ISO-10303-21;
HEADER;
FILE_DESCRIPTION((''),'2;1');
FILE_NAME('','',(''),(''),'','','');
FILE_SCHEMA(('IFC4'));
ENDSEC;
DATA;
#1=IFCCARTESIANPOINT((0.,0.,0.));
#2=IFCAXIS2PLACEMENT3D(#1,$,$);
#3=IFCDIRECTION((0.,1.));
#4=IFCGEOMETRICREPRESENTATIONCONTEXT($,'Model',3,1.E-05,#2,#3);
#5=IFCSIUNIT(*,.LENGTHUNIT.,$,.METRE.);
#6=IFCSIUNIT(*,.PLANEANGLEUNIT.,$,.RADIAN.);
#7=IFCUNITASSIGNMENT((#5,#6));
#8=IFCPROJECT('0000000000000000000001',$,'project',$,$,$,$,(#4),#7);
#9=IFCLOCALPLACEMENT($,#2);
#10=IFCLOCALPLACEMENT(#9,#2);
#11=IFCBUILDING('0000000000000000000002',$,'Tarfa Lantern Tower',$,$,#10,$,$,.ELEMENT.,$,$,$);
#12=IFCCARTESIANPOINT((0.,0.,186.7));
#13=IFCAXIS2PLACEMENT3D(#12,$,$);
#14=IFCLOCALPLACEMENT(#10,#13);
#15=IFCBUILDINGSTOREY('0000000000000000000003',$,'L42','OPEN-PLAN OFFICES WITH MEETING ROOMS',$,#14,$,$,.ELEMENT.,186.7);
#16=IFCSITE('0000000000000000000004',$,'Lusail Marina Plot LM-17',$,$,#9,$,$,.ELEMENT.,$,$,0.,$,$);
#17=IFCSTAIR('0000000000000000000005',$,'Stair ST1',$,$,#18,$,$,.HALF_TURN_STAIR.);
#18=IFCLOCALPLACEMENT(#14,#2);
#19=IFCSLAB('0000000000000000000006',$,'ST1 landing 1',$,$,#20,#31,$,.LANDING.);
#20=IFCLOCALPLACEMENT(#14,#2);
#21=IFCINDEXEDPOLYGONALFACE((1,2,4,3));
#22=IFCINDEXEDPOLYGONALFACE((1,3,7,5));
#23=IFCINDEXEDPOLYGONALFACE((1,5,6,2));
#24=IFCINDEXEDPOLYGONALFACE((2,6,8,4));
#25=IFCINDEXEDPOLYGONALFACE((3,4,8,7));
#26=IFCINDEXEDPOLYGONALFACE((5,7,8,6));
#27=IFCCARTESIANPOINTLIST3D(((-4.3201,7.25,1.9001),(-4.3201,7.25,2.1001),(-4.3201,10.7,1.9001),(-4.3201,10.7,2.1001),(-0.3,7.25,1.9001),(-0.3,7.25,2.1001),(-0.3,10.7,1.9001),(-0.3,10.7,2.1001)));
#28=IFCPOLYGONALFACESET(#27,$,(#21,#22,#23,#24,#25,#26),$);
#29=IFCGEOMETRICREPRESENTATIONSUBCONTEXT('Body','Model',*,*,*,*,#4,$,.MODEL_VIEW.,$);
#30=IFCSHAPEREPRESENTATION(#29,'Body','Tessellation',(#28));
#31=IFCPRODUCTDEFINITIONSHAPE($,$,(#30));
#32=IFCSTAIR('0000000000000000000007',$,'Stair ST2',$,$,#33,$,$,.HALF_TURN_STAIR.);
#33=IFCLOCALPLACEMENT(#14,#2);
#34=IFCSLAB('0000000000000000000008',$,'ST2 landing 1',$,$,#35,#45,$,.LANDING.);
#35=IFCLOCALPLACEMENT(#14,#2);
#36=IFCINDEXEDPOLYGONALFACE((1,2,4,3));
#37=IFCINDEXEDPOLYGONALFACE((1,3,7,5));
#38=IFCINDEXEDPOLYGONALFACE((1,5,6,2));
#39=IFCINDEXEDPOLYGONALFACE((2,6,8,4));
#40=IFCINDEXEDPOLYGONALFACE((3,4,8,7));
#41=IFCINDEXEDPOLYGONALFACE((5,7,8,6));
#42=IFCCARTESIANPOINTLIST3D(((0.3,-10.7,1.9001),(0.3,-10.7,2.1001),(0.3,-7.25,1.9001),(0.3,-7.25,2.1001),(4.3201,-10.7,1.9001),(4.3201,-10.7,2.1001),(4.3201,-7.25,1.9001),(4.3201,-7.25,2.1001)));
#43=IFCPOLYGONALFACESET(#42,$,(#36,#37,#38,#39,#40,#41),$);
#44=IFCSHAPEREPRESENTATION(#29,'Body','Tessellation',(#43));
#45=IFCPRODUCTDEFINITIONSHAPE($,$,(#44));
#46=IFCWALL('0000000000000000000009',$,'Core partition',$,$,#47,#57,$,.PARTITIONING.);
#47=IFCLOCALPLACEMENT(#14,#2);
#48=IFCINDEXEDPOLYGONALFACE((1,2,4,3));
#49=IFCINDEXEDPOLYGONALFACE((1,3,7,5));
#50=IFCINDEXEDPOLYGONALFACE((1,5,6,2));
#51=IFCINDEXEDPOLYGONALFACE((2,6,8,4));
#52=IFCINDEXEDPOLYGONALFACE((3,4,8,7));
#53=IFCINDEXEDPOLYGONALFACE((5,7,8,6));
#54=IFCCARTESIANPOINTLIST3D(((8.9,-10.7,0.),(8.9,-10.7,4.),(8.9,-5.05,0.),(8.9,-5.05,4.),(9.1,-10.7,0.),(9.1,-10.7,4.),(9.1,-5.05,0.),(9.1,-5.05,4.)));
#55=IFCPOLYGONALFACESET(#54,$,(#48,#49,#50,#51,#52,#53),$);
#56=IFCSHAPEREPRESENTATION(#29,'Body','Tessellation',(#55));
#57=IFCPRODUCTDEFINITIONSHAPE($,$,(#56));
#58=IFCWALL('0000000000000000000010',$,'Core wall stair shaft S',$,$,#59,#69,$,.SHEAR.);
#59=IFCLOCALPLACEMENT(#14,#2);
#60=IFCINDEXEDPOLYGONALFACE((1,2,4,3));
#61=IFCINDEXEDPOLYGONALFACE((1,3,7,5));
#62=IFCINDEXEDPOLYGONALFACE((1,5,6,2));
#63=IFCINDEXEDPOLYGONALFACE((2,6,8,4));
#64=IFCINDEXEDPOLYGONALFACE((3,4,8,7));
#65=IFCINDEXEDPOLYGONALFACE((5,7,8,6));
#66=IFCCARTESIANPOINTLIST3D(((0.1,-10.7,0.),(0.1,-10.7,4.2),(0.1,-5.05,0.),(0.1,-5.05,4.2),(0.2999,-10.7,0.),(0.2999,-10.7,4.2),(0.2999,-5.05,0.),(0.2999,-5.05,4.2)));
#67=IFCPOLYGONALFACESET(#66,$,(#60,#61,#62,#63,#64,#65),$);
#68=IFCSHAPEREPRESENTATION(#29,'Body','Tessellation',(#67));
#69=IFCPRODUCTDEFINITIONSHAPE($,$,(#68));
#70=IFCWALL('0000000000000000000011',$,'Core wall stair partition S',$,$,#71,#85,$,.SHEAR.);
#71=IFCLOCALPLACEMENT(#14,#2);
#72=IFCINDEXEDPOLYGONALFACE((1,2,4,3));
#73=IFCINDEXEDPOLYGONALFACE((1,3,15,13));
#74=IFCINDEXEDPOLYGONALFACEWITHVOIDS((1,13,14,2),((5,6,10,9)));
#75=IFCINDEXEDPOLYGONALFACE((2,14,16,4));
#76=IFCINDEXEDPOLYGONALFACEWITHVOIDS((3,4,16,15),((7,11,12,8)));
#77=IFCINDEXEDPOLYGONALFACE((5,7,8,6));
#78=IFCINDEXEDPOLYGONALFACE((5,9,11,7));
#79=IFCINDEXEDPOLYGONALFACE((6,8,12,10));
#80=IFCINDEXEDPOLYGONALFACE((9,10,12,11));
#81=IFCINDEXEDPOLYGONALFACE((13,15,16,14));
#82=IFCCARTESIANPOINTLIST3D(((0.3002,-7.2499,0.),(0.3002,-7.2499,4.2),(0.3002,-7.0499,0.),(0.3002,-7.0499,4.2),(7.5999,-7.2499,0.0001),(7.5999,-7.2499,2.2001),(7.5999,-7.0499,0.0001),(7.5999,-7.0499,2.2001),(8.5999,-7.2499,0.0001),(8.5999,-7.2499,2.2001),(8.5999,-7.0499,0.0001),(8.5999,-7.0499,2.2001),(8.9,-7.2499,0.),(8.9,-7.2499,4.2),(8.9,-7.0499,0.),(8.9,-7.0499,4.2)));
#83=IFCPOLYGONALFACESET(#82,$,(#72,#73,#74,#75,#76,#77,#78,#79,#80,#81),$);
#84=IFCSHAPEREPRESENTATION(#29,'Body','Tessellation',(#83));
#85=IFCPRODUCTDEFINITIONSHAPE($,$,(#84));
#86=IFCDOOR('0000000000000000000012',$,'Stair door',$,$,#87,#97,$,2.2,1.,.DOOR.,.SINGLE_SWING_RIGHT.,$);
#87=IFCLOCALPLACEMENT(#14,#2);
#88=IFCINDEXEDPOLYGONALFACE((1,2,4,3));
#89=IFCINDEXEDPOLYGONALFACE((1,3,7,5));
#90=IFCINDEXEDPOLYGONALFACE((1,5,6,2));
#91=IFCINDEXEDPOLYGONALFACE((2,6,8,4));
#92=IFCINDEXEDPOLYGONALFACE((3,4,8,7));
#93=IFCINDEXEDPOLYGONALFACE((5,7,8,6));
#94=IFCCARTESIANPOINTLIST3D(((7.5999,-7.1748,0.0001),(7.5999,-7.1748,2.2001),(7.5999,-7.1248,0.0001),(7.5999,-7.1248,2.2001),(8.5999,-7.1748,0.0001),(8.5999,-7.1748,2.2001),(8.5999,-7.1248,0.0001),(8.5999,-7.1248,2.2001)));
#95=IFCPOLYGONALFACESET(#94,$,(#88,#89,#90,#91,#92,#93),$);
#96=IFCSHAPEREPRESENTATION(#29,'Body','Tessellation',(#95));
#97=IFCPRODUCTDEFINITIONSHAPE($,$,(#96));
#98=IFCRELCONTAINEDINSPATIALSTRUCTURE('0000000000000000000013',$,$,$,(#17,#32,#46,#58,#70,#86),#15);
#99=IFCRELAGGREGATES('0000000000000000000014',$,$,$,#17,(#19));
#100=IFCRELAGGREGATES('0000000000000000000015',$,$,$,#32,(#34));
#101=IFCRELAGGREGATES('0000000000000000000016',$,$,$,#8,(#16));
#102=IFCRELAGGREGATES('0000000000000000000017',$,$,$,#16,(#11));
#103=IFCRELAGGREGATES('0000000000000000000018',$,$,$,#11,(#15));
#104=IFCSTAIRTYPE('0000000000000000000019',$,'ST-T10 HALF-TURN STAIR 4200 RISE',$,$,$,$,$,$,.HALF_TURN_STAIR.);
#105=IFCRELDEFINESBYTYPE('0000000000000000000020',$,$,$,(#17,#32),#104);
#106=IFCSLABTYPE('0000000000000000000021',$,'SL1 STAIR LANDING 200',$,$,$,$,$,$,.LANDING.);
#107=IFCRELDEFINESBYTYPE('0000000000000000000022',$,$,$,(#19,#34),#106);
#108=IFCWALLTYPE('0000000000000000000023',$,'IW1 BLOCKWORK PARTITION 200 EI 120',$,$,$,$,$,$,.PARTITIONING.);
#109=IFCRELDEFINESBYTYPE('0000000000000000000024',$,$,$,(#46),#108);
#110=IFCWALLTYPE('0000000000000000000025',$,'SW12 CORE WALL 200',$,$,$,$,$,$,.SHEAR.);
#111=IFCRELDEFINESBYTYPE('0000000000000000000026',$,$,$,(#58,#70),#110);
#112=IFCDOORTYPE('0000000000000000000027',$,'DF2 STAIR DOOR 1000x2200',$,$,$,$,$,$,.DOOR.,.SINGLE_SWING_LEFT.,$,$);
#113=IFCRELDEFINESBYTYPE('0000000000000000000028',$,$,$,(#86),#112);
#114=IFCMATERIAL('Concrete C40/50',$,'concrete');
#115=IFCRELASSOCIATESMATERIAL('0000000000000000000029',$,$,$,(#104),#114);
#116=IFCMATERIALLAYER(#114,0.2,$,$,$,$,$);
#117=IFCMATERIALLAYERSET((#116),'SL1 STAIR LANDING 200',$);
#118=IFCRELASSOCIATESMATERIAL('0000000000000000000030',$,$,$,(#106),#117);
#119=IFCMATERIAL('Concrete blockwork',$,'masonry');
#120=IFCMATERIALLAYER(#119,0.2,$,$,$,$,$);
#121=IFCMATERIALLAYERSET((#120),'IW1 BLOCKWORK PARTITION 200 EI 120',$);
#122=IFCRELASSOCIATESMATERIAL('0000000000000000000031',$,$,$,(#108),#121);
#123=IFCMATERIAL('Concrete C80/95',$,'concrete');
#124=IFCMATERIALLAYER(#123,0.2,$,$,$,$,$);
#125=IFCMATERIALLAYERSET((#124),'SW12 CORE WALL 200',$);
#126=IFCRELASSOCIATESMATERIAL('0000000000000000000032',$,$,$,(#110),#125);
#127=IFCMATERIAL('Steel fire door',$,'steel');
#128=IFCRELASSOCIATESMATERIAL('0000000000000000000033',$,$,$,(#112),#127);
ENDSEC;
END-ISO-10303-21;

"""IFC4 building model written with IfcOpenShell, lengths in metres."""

from ifc_helpers import new_model, si_unit, direction, frame, frame_2d, origin, place, context, subcontext, project, spatial, polyline, rectangle, outline, extrude, material, layer, layer_set, type_object, element, fill, aggregate, save


model = new_model("IFC4")

# Units and contexts
model_context = context("Model", 3, precision=1e-05, world=origin(), true_north=direction((0.0, 1.0)))
body_context = subcontext(model_context, "Body", "Model", "MODEL_VIEW")
ifc_project = project(units=[si_unit("LENGTHUNIT", "METRE"), si_unit("PLANEANGLEUNIT", "RADIAN")], contexts=[model_context])

# Site, building, storey
site_placement = place(None, origin())
site = spatial("IfcSite", under=ifc_project, at=site_placement, Name="Lusail Marina Plot LM-17", CompositionType="ELEMENT", RefElevation=0.0)
building_placement = place(site_placement, origin())
building = spatial("IfcBuilding", under=site, at=building_placement, Name="Tarfa Lantern Tower", CompositionType="ELEMENT")
storey_placement = place(building_placement, frame((0.0, 0.0, 186.7)))
storey = spatial("IfcBuildingStorey", under=building, at=storey_placement, Name="L42", Description="OPEN-PLAN OFFICES WITH MEETING ROOMS", CompositionType="ELEMENT", Elevation=186.7)

# Stairs, slabs
ifc_material_1 = material(Name="Concrete C40/50", Category="concrete")
stair_type = type_object("IfcStairType", Name="ST-T10 HALF-TURN STAIR 4200 RISE", PredefinedType="HALF_TURN_STAIR", material=ifc_material_1)
stair_1_placement = place(storey_placement, origin())
stair_1 = element("IfcStair", 1, at=stair_1_placement, inside=storey, type_object=stair_type, Name="Stair ST1", PredefinedType="HALF_TURN_STAIR")
ifc_layer_1 = layer(ifc_material_1, 0.2)
ifc_layer_set_1 = layer_set([ifc_layer_1], Name="SL1 STAIR LANDING 200")
slab_type = type_object("IfcSlabType", Name="SL1 STAIR LANDING 200", PredefinedType="LANDING", material=ifc_layer_set_1)
slab_1_placement = place(storey_placement, frame((0.0, 0.0, 1.9001)))
slab_1 = element("IfcSlab", 2, at=slab_1_placement, type_object=slab_type, Name="ST1 landing 1", PredefinedType="LANDING", context=body_context, shape_type="SweptSolid", body=[
    extrude(outline(polyline([(-4.3201, 7.25), (-0.3, 7.25), (-0.3, 10.7), (-4.3201, 10.7), (-4.3201, 7.25)])), origin(), (0.0, 0.0, 1.0), 0.2),
])
aggregate(stair_1, [slab_1])
stair_2_placement = place(storey_placement, origin())
stair_2 = element("IfcStair", 3, at=stair_2_placement, inside=storey, type_object=stair_type, Name="Stair ST2", PredefinedType="HALF_TURN_STAIR")
slab_2_placement = place(storey_placement, frame((0.0, 0.0, 1.9001)))
slab_2 = element("IfcSlab", 4, at=slab_2_placement, type_object=slab_type, Name="ST2 landing 1", PredefinedType="LANDING", context=body_context, shape_type="SweptSolid", body=[
    extrude(outline(polyline([(4.3201, -7.25), (0.3, -7.25), (0.3, -10.7), (4.3201, -10.7), (4.3201, -7.25)])), origin(), (0.0, 0.0, 1.0), 0.2),
])
aggregate(stair_2, [slab_2])

# Walls
ifc_material_2 = material(Name="Concrete blockwork", Category="masonry")
ifc_layer_2 = layer(ifc_material_2, 0.2)
ifc_layer_set_2 = layer_set([ifc_layer_2], Name="IW1 BLOCKWORK PARTITION 200 EI 120")
wall_type_1 = type_object("IfcWallType", Name="IW1 BLOCKWORK PARTITION 200 EI 120", PredefinedType="PARTITIONING", material=ifc_layer_set_2)
wall_1_placement = place(storey_placement, frame((9.0, -5.05, 0.0), z_axis=(0.0, 0.0, 1.0), x_axis=(0.0, -1.0, 0.0)))
element("IfcWall", 5, at=wall_1_placement, inside=storey, type_object=wall_type_1, Name="Core partition", PredefinedType="PARTITIONING", context=body_context, shape_type="SweptSolid", body=[
    extrude(rectangle(XDim=5.6499, YDim=0.2, at=frame_2d((2.825, 0.0))), origin(), (0.0, 0.0, 1.0), 4.0),
])
ifc_material_3 = material(Name="Concrete C80/95", Category="concrete")
ifc_layer_3 = layer(ifc_material_3, 0.2)
ifc_layer_set_3 = layer_set([ifc_layer_3], Name="SW12 CORE WALL 200")
wall_type_2 = type_object("IfcWallType", Name="SW12 CORE WALL 200", PredefinedType="SHEAR", material=ifc_layer_set_3)
wall_2_placement = place(storey_placement, frame((0.2, -5.05, 0.0), z_axis=(0.0, 0.0, 1.0), x_axis=(0.0, -1.0, 0.0)))
element("IfcWall", 6, at=wall_2_placement, inside=storey, type_object=wall_type_2, Name="Core wall stair shaft S", PredefinedType="SHEAR", context=body_context, shape_type="SweptSolid", body=[
    extrude(rectangle(XDim=5.6499, YDim=0.2, at=frame_2d((2.825, 0.0))), origin(), (0.0, 0.0, 1.0), 4.2),
])

# Wall, opening, door
wall_3_placement = place(storey_placement, frame((8.8999, -7.1499, 0.0), z_axis=(0.0, 0.0, 1.0), x_axis=(-1.0, 0.0, 0.0)))
wall_3 = element("IfcWall", 7, at=wall_3_placement, inside=storey, type_object=wall_type_2, Name="Core wall stair partition S", PredefinedType="SHEAR", context=body_context, shape_type="SweptSolid", body=[
    extrude(rectangle(XDim=8.5999, YDim=0.2, at=frame_2d((4.2998, 0.0))), origin(), (0.0, 0.0, 1.0), 4.2),
])
opening_1_placement = place(wall_3_placement, frame((0.3, 0.0, 0.0)))
opening_1 = element("IfcOpeningElement", 8, at=opening_1_placement, cuts=wall_3, PredefinedType="OPENING", context=body_context, shape_type="SweptSolid", body=[
    extrude(rectangle(XDim=1.0, YDim=2.2, at=frame_2d((0.5, 1.1001))), frame((0.0, 0.1099, 0.0), z_axis=(0.0, -1.0, 0.0), x_axis=(1.0, 0.0, 0.0)), (0.0, 0.0, 1.0), 0.22),
])
ifc_material_4 = material(Name="Steel fire door", Category="steel")
door_type_1 = type_object("IfcDoorType", Name="DF2 STAIR DOOR 1000x2200", OperationType="SINGLE_SWING_LEFT", PredefinedType="DOOR", material=ifc_material_4)
door_1_placement = place(opening_1_placement, origin())
door_1 = element("IfcDoor", 9, at=door_1_placement, inside=storey, type_object=door_type_1, Name="Stair door", OperationType="SINGLE_SWING_RIGHT", OverallHeight=2.2, OverallWidth=1.0, PredefinedType="DOOR", context=body_context, shape_type="SweptSolid", body=[
    extrude(rectangle(XDim=1.0, YDim=2.2, at=frame_2d((0.5, 1.1001))), frame((0.0, 0.0249, 0.0), z_axis=(0.0, -1.0, 0.0), x_axis=(1.0, 0.0, 0.0)), (0.0, 0.0, 1.0), 0.05),
])
fill(opening_1, door_1)

save(model, "model.ifc")
